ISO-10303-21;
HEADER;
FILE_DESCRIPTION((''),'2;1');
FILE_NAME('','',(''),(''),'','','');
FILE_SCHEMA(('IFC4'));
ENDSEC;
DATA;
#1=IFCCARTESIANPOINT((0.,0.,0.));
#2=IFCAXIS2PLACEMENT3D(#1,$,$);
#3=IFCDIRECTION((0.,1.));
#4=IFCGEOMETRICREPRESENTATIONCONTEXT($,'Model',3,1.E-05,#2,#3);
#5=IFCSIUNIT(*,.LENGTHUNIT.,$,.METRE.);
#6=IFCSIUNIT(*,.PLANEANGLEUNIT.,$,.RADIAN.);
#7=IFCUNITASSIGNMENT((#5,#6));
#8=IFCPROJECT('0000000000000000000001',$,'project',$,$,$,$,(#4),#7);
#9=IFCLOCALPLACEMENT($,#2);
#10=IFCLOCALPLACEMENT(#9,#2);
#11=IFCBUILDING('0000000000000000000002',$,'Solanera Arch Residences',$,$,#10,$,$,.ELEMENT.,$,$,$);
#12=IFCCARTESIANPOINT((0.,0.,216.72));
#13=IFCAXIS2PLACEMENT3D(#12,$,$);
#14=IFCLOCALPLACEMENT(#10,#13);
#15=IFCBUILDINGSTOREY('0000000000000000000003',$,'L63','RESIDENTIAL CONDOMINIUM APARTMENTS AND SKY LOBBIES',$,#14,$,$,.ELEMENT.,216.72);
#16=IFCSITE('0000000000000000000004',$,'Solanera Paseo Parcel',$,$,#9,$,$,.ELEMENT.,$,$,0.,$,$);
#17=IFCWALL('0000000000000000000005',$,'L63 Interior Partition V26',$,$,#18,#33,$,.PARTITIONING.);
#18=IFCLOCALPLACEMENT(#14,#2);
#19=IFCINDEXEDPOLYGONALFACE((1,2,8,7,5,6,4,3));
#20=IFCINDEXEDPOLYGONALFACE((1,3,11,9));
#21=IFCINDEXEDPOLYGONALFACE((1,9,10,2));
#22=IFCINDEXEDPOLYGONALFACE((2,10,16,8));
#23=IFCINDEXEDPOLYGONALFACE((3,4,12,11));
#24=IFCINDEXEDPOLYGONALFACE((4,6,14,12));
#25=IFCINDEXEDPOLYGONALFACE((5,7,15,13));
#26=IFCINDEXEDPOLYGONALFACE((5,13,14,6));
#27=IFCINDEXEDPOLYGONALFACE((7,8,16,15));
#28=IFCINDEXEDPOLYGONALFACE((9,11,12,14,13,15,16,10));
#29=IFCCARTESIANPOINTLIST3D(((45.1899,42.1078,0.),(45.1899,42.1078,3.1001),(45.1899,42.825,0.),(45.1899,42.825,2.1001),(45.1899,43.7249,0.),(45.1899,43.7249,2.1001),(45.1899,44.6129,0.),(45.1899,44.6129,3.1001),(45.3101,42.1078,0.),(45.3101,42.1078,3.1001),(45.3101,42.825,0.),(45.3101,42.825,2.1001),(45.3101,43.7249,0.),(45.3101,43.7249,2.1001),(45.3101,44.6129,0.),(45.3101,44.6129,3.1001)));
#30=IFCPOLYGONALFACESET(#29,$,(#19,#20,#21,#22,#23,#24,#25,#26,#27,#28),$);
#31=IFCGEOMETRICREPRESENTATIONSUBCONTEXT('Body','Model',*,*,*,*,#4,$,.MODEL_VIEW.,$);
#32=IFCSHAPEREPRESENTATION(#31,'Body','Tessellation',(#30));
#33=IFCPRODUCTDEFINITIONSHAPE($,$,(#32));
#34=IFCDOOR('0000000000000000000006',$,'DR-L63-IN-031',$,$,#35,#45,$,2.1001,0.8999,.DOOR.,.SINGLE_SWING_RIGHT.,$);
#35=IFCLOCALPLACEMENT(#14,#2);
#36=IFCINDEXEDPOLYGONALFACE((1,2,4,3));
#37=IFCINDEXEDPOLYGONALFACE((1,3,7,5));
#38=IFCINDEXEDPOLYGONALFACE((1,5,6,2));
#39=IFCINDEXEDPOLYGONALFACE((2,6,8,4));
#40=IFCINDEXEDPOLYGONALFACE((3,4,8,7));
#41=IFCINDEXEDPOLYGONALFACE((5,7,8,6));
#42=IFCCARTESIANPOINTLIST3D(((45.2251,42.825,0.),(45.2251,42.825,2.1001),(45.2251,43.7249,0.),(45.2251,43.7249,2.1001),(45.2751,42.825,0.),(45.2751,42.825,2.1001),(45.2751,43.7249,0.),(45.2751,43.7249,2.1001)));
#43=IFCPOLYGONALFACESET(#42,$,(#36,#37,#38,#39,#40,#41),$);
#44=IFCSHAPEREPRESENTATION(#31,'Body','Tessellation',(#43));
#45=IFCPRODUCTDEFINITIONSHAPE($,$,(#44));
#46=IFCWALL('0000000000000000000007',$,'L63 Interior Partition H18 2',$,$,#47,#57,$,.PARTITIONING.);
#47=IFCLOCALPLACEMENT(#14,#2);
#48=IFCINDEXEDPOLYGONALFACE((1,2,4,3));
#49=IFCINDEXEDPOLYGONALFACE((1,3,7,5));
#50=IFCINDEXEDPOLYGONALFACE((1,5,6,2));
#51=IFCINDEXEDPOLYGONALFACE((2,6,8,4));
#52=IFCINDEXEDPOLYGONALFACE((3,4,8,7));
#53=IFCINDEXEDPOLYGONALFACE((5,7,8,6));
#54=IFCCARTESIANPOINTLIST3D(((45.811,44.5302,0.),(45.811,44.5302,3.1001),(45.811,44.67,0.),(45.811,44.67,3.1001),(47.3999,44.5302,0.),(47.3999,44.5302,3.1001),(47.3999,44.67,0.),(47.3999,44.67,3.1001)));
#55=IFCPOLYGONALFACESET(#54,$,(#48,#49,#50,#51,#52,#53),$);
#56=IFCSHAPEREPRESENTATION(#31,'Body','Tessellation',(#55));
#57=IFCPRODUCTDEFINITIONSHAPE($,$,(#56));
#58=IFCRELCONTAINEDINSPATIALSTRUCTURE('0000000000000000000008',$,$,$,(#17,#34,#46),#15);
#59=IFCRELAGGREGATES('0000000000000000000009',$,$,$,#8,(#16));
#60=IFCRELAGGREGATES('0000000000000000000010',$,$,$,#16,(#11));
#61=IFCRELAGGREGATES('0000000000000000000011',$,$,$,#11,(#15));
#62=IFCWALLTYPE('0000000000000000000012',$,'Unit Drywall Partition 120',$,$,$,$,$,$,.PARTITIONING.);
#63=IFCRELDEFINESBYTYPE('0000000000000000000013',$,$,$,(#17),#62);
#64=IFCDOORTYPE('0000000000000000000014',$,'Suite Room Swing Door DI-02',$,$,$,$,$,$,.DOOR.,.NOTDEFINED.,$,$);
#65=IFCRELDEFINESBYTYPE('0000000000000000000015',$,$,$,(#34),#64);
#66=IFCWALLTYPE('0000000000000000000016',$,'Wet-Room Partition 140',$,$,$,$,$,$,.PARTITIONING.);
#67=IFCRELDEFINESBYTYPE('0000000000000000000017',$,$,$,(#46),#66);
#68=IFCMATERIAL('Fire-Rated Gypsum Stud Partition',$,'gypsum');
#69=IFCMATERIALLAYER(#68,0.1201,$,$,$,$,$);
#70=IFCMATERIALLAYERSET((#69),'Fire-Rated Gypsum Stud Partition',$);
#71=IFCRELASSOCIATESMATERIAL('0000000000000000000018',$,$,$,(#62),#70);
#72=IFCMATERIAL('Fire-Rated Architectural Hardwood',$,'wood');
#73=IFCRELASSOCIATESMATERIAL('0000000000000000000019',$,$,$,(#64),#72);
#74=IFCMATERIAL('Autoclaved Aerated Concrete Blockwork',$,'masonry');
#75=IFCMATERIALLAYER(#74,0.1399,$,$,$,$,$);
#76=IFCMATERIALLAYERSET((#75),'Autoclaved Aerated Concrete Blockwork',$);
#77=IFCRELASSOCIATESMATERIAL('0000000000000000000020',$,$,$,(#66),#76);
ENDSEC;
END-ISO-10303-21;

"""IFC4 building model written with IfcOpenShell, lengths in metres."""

from ifc_helpers import new_model, si_unit, direction, frame, frame_2d, origin, place, context, subcontext, project, spatial, rectangle, extrude, material, layer, layer_set, type_object, element, fill, save


model = new_model("IFC4")

# Units and contexts
model_context = context("Model", 3, precision=1e-05, world=origin(), true_north=direction((0.0, 1.0)))
body_context = subcontext(model_context, "Body", "Model", "MODEL_VIEW")
ifc_project = project(units=[si_unit("LENGTHUNIT", "METRE"), si_unit("PLANEANGLEUNIT", "RADIAN")], contexts=[model_context])

# Site, building, storey
site_placement = place(None, origin())
site = spatial("IfcSite", under=ifc_project, at=site_placement, Name="Solanera Paseo Parcel", CompositionType="ELEMENT", RefElevation=0.0)
building_placement = place(site_placement, origin())
building = spatial("IfcBuilding", under=site, at=building_placement, Name="Solanera Arch Residences", CompositionType="ELEMENT")
storey_placement = place(building_placement, frame((0.0, 0.0, 216.72)))
storey = spatial("IfcBuildingStorey", under=building, at=storey_placement, Name="L63", Description="RESIDENTIAL CONDOMINIUM APARTMENTS AND SKY LOBBIES", CompositionType="ELEMENT", Elevation=216.72)

# Wall, opening, door
ifc_material_1 = material(Name="Fire-Rated Gypsum Stud Partition", Category="gypsum")
ifc_layer_1 = layer(ifc_material_1, 0.1201)
ifc_layer_set_1 = layer_set([ifc_layer_1], Name="Fire-Rated Gypsum Stud Partition")
wall_type_1 = type_object("IfcWallType", Name="Unit Drywall Partition 120", PredefinedType="PARTITIONING", material=ifc_layer_set_1)
wall_1_placement = place(storey_placement, frame((45.25, 42.1079, 0.0), z_axis=(0.0, 0.0, 1.0), x_axis=(0.0, 1.0, 0.0)))
wall_1 = element("IfcWall", 1, at=wall_1_placement, inside=storey, type_object=wall_type_1, Name="L63 Interior Partition V26", PredefinedType="PARTITIONING", context=body_context, shape_type="SweptSolid", body=[
    extrude(rectangle(XDim=2.5051, YDim=0.1201, at=frame_2d((1.2524, 0.0))), origin(), (0.0, 0.0, 1.0), 3.1001),
])
opening_1_placement = place(wall_1_placement, frame((0.717, 0.0, 0.0)))
opening_1 = element("IfcOpeningElement", 2, at=opening_1_placement, cuts=wall_1, PredefinedType="OPENING", context=body_context, shape_type="SweptSolid", body=[
    extrude(rectangle(XDim=0.8999, YDim=2.1001, at=frame_2d((0.45, 1.05))), frame((0.0, 0.0701, 0.0), z_axis=(0.0, -1.0, 0.0), x_axis=(1.0, 0.0, 0.0)), (0.0, 0.0, 1.0), 0.1401),
])
ifc_material_2 = material(Name="Fire-Rated Architectural Hardwood", Category="wood")
door_type_1 = type_object("IfcDoorType", Name="Suite Room Swing Door DI-02", OperationType="NOTDEFINED", PredefinedType="DOOR", material=ifc_material_2)
door_1_placement = place(opening_1_placement, origin())
door_1 = element("IfcDoor", 3, at=door_1_placement, inside=storey, type_object=door_type_1, Name="DR-L63-IN-031", OperationType="SINGLE_SWING_RIGHT", OverallHeight=2.1001, OverallWidth=0.8999, PredefinedType="DOOR", context=body_context, shape_type="SweptSolid", body=[
    extrude(rectangle(XDim=0.8999, YDim=2.1001, at=frame_2d((0.45, 1.05))), frame((0.0, 0.0249, 0.0), z_axis=(0.0, -1.0, 0.0), x_axis=(1.0, 0.0, 0.0)), (0.0, 0.0, 1.0), 0.05),
])
fill(opening_1, door_1)

# Wall
ifc_material_3 = material(Name="Autoclaved Aerated Concrete Blockwork", Category="masonry")
ifc_layer_2 = layer(ifc_material_3, 0.1399)
ifc_layer_set_2 = layer_set([ifc_layer_2], Name="Autoclaved Aerated Concrete Blockwork")
wall_type_2 = type_object("IfcWallType", Name="Wet-Room Partition 140", PredefinedType="PARTITIONING", material=ifc_layer_set_2)
wall_2_placement = place(storey_placement, frame((45.811, 44.6001, 0.0), z_axis=(0.0, 0.0, 1.0), x_axis=(1.0, 0.0, 0.0)))
element("IfcWall", 4, at=wall_2_placement, inside=storey, type_object=wall_type_2, Name="L63 Interior Partition H18 2", PredefinedType="PARTITIONING", context=body_context, shape_type="SweptSolid", body=[
    extrude(rectangle(XDim=1.5889, YDim=0.1399, at=frame_2d((0.7944, 0.0))), origin(), (0.0, 0.0, 1.0), 3.1001),
])

save(model, "model.ifc")
